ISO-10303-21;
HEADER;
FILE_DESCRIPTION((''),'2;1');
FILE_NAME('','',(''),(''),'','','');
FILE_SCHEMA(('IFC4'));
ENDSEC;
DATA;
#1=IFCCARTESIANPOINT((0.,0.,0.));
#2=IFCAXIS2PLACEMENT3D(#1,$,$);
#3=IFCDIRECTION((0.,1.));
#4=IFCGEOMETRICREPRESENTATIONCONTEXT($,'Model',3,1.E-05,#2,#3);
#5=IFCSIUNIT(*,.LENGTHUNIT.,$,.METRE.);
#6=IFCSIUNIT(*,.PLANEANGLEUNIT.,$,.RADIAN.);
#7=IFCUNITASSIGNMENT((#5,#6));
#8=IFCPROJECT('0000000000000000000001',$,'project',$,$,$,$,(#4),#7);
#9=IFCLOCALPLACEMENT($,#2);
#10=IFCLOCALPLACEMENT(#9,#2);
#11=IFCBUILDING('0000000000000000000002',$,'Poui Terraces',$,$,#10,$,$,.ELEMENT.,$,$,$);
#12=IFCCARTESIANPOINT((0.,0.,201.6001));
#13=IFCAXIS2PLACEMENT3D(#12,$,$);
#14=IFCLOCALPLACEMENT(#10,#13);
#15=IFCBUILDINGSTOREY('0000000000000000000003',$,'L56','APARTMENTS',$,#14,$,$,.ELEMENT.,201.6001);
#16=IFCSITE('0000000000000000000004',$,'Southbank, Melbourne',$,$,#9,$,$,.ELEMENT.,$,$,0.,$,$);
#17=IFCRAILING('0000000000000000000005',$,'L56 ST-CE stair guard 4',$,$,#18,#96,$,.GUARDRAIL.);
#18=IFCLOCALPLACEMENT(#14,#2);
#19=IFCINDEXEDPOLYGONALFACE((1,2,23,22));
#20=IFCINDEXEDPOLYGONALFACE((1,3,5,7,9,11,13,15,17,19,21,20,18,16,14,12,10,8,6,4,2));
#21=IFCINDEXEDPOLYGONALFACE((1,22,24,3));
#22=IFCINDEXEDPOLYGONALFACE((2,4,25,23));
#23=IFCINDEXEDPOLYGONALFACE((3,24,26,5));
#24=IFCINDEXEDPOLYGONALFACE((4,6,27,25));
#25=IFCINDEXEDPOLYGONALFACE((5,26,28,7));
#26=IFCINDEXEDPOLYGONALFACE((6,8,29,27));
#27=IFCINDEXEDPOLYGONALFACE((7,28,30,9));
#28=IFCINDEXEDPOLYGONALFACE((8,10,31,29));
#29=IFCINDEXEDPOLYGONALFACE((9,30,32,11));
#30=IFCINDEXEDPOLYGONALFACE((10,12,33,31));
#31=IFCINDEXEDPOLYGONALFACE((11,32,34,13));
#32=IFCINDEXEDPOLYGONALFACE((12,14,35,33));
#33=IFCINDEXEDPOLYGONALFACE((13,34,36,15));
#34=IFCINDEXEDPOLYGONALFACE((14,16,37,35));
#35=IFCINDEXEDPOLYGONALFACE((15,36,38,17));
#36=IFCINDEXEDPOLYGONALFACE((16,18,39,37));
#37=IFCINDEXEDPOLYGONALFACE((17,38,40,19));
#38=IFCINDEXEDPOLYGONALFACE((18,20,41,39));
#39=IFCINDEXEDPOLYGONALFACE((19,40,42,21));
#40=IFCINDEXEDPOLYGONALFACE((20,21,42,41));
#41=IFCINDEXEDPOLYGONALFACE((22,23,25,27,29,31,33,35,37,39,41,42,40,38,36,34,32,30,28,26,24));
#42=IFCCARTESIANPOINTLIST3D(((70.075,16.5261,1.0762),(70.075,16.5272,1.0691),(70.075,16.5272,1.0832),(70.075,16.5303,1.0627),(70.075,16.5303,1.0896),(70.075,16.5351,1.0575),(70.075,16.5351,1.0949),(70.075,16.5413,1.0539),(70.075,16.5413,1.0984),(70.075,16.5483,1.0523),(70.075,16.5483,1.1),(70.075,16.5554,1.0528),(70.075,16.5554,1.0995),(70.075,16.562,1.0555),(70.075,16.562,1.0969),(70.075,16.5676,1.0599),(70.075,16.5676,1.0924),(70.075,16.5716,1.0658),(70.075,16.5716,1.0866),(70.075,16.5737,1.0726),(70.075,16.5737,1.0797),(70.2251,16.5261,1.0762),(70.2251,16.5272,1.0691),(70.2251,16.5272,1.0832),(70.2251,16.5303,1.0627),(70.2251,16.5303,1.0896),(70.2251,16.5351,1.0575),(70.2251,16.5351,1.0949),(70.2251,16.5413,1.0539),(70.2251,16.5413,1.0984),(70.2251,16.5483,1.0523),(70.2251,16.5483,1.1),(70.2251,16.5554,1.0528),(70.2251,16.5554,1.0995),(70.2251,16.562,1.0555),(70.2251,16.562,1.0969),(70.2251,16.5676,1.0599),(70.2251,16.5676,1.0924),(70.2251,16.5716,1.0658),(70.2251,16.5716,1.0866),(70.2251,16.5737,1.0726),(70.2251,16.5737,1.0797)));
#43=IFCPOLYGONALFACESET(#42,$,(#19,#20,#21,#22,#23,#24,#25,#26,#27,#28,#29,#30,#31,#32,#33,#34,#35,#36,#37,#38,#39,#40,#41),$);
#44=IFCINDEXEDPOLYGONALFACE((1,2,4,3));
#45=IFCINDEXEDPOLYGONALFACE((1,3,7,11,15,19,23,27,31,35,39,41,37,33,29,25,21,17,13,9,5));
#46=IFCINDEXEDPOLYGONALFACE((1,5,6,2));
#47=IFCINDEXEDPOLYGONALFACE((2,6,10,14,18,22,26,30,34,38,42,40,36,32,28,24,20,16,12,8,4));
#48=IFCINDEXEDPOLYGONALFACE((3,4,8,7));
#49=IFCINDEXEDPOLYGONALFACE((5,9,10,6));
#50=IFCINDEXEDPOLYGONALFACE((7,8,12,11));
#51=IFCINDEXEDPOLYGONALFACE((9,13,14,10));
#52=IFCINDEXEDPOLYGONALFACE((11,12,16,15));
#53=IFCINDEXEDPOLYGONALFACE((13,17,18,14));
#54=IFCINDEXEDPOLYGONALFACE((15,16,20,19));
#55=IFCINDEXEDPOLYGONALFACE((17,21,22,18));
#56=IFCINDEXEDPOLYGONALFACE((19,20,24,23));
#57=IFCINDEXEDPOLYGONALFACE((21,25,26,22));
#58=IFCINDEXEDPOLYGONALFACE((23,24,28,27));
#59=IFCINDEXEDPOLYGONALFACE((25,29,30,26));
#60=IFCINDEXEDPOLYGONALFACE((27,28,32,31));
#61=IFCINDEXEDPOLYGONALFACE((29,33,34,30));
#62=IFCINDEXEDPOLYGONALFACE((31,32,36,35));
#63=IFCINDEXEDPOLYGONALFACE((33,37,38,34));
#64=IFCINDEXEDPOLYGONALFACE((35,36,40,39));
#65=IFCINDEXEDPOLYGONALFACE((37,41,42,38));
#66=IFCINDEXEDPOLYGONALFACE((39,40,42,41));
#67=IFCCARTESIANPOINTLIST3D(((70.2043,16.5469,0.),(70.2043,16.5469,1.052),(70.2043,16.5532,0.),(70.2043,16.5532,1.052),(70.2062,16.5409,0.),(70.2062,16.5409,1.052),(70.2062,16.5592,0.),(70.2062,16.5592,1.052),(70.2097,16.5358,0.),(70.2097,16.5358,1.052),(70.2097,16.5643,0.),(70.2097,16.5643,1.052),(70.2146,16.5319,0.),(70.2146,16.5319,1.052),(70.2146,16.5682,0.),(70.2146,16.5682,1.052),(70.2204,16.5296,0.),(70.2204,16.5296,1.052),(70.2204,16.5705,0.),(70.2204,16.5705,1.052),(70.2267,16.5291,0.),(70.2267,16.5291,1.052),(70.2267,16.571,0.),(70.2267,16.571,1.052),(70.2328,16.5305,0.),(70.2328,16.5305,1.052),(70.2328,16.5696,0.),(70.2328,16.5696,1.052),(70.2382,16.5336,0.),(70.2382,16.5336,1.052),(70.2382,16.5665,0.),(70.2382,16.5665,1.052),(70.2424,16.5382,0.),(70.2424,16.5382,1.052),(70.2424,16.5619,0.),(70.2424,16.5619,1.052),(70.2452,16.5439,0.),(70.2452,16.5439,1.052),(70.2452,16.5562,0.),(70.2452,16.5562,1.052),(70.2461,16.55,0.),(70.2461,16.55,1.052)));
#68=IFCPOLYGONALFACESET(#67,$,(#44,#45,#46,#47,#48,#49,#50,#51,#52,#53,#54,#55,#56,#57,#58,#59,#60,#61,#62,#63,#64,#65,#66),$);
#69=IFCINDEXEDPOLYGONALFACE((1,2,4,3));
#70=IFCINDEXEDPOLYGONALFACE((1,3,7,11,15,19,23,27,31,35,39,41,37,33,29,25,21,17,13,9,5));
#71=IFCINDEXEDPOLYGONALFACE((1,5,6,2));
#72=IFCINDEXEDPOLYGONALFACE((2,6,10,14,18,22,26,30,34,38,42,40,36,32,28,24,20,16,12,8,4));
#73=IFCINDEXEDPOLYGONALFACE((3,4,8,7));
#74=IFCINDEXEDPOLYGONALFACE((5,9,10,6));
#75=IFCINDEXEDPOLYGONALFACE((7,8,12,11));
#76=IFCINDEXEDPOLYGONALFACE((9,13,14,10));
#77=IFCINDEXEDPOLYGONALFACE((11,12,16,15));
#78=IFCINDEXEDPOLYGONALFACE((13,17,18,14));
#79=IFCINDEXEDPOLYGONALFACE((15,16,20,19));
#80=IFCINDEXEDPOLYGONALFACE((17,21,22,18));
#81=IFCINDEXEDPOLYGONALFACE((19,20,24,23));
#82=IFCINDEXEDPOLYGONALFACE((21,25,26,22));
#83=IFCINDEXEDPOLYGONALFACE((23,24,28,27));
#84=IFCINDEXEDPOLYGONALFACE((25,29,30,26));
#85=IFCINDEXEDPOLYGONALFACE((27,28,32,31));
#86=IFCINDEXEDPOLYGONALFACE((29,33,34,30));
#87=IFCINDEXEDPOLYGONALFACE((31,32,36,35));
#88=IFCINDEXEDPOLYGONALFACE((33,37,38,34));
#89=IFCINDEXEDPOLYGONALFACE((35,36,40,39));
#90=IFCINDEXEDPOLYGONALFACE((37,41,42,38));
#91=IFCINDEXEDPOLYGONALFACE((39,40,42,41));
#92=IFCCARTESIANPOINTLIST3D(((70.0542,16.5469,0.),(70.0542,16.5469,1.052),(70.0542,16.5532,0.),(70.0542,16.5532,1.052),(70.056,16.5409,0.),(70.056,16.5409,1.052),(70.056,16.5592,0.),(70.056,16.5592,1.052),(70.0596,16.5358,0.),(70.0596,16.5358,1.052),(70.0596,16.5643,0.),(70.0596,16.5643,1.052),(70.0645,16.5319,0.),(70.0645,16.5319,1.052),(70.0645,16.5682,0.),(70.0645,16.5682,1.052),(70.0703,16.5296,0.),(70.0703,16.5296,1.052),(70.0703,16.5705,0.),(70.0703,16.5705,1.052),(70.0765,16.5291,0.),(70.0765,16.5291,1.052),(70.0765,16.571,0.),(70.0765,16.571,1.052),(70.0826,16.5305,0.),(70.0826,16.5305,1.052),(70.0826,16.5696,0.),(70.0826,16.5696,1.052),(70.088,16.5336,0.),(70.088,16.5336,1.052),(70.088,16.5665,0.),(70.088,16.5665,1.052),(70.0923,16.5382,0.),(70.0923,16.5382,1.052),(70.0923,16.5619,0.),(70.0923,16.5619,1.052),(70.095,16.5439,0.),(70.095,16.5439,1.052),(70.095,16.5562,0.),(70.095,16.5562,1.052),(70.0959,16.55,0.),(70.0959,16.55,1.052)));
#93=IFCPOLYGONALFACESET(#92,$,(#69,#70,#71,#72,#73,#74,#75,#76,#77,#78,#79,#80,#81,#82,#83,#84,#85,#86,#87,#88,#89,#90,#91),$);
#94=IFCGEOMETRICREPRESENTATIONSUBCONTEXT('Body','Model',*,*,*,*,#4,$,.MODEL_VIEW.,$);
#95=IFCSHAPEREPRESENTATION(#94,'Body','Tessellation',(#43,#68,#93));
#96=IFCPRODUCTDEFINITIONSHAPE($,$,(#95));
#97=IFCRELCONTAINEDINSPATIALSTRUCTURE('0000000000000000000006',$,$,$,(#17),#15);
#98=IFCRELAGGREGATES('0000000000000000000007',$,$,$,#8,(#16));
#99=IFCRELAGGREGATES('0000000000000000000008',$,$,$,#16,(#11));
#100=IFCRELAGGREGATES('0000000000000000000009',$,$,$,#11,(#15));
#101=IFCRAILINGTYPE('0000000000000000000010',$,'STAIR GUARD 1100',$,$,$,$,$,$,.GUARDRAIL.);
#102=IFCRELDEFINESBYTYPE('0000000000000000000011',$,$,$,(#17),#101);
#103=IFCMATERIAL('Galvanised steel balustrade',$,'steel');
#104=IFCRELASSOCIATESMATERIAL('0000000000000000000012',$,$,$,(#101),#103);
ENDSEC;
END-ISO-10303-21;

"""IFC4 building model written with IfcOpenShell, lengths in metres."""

from ifc_helpers import new_model, si_unit, direction, frame, origin, origin_2d, place, context, subcontext, project, spatial, circle, extrude, material, type_object, element, save


model = new_model("IFC4")

# Units and contexts
model_context = context("Model", 3, precision=1e-05, world=origin(), true_north=direction((0.0, 1.0)))
body_context = subcontext(model_context, "Body", "Model", "MODEL_VIEW")
ifc_project = project(units=[si_unit("LENGTHUNIT", "METRE"), si_unit("PLANEANGLEUNIT", "RADIAN")], contexts=[model_context])

# Site, building, storey
site_placement = place(None, origin())
site = spatial("IfcSite", under=ifc_project, at=site_placement, Name="Southbank, Melbourne", CompositionType="ELEMENT", RefElevation=0.0)
building_placement = place(site_placement, origin())
building = spatial("IfcBuilding", under=site, at=building_placement, Name="Poui Terraces", CompositionType="ELEMENT")
storey_placement = place(building_placement, frame((0.0, 0.0, 201.6001)))
storey = spatial("IfcBuildingStorey", under=building, at=storey_placement, Name="L56", Description="APARTMENTS", CompositionType="ELEMENT", Elevation=201.6001)

# Railing
ifc_material_1 = material(Name="Galvanised steel balustrade", Category="steel")
railing_type_1 = type_object("IfcRailingType", Name="STAIR GUARD 1100", PredefinedType="GUARDRAIL", material=ifc_material_1)
railing_1_placement = place(storey_placement, frame((70.2251, 16.55, 0.0)))
element("IfcRailing", 1, at=railing_1_placement, inside=storey, type_object=railing_type_1, Name="L56 ST-CE stair guard 4", PredefinedType="GUARDRAIL", context=body_context, shape_type="SweptSolid", body=[
    extrude(circle(Radius=0.0239, at=origin_2d()), frame((0.0, 0.0, 1.0762), z_axis=(-1.0, 0.0, 0.0), x_axis=(0.0, -1.0, 0.0)), (0.0, 0.0, 1.0), 0.1501),
    extrude(circle(Radius=0.021, at=origin_2d()), origin(), (0.0, 0.0, 1.0), 1.052),
    extrude(circle(Radius=0.021, at=origin_2d()), frame((-0.1501, 0.0, 0.0)), (0.0, 0.0, 1.0), 1.052),
])

save(model, "model.ifc")
